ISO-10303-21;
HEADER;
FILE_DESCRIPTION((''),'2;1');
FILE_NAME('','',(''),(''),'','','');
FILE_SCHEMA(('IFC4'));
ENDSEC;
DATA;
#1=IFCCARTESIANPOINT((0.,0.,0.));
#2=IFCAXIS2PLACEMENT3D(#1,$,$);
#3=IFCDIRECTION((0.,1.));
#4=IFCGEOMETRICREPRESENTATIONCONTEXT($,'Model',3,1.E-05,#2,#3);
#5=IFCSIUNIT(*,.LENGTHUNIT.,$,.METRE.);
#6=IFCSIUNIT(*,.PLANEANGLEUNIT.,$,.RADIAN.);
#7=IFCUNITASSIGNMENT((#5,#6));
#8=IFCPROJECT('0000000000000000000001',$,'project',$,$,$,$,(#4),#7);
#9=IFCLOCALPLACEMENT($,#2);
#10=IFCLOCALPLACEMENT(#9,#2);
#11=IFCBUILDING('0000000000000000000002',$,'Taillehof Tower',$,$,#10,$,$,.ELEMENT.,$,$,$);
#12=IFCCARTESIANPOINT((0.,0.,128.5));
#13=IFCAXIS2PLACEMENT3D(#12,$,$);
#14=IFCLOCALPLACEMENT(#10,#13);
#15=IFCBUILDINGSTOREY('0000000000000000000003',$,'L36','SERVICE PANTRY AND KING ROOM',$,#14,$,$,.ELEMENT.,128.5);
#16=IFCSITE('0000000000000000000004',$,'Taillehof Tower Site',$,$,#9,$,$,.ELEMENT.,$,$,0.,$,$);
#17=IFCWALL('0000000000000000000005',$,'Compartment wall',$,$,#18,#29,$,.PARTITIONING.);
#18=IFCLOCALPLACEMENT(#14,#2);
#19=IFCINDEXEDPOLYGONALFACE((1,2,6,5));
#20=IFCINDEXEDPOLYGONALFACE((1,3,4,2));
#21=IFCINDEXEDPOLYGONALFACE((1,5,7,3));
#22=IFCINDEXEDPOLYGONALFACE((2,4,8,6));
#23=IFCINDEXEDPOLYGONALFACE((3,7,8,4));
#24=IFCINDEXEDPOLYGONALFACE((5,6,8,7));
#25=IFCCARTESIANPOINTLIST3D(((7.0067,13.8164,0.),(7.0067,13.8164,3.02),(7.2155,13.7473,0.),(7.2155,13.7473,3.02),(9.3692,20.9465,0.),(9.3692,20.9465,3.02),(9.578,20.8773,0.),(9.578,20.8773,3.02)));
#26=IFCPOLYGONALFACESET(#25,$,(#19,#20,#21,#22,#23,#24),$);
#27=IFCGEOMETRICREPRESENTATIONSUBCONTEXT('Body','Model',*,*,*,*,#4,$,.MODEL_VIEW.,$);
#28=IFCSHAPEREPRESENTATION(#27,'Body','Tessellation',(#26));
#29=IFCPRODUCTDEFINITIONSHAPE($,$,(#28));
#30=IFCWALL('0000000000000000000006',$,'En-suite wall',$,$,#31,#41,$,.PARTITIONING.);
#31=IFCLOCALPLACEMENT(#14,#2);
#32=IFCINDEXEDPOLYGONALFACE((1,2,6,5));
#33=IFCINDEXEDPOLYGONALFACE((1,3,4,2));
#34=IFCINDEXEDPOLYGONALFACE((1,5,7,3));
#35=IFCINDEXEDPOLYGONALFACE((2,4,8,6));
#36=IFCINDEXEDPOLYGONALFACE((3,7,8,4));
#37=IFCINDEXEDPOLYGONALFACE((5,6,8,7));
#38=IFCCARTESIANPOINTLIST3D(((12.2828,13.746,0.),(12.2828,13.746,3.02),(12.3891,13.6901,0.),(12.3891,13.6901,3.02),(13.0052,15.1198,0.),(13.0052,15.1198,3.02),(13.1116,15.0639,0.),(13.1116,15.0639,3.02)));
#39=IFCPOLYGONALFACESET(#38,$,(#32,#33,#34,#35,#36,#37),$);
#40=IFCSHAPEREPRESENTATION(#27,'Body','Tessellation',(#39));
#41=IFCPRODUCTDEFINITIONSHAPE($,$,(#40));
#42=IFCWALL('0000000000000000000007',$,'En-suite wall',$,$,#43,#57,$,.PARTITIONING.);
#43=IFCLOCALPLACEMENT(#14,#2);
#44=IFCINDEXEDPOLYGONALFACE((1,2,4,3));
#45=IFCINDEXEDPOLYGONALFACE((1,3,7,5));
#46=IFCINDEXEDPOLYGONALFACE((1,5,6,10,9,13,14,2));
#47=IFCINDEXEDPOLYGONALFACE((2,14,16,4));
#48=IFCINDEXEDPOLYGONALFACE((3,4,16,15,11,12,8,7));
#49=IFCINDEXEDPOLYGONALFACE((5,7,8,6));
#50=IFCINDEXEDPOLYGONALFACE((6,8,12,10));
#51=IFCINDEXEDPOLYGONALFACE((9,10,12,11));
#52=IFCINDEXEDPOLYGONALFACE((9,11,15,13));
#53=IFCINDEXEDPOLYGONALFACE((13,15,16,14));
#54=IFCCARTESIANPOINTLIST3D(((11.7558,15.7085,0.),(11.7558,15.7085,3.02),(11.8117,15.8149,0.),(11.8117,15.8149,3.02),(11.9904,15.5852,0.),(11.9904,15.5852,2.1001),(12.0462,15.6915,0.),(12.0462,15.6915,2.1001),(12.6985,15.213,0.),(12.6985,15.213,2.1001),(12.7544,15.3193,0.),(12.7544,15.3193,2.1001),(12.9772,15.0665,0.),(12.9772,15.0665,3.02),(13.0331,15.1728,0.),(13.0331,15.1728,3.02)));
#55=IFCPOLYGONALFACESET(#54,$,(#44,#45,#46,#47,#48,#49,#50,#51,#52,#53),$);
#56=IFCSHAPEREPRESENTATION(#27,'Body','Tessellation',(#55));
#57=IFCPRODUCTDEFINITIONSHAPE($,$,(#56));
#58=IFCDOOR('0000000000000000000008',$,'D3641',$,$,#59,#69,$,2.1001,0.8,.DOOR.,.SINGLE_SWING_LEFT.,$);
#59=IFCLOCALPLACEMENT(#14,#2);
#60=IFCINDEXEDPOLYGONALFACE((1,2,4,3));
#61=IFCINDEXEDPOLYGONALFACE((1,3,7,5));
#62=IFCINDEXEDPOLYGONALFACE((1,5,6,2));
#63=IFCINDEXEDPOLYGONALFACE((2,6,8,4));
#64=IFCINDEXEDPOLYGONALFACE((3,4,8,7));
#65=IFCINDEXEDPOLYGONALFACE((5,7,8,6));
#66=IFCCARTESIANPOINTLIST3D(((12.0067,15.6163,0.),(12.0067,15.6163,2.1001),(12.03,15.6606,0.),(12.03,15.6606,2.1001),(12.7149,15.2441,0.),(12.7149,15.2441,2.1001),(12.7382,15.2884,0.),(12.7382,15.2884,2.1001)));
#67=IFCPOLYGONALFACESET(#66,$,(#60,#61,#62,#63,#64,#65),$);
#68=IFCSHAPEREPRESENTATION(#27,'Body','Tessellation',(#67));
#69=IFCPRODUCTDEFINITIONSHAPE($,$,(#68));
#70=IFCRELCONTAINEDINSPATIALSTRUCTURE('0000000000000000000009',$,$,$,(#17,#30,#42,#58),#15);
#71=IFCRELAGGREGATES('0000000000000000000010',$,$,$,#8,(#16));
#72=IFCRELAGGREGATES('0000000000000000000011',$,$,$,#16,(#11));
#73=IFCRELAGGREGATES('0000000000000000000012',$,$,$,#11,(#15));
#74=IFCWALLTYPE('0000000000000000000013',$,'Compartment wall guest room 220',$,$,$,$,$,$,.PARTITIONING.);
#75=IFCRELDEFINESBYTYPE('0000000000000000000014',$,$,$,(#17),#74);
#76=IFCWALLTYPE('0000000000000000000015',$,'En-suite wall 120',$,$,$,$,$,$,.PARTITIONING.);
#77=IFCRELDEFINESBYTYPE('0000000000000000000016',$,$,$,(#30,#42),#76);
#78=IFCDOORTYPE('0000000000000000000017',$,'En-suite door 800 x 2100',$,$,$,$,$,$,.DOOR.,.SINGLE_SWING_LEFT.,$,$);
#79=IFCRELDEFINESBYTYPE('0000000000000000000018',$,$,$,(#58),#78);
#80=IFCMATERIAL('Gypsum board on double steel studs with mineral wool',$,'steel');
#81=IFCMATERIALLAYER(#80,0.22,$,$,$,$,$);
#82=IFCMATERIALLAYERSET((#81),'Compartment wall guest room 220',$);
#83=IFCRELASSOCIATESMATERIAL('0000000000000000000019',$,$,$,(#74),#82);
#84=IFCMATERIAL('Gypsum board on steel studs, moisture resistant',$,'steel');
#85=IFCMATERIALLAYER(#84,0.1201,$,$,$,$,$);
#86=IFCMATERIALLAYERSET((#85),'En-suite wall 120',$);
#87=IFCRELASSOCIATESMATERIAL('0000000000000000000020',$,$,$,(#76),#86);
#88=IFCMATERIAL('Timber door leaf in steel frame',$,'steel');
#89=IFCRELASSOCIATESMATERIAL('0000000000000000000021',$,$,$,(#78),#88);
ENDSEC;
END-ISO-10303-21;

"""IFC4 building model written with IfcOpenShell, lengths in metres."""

from ifc_helpers import new_model, si_unit, direction, frame, frame_2d, origin, place, context, subcontext, project, spatial, rectangle, extrude, material, layer, layer_set, type_object, element, fill, save


model = new_model("IFC4")

# Units and contexts
model_context = context("Model", 3, precision=1e-05, world=origin(), true_north=direction((0.0, 1.0)))
body_context = subcontext(model_context, "Body", "Model", "MODEL_VIEW")
ifc_project = project(units=[si_unit("LENGTHUNIT", "METRE"), si_unit("PLANEANGLEUNIT", "RADIAN")], contexts=[model_context])

# Site, building, storey
site_placement = place(None, origin())
site = spatial("IfcSite", under=ifc_project, at=site_placement, Name="Taillehof Tower Site", CompositionType="ELEMENT", RefElevation=0.0)
building_placement = place(site_placement, origin())
building = spatial("IfcBuilding", under=site, at=building_placement, Name="Taillehof Tower", CompositionType="ELEMENT")
storey_placement = place(building_placement, frame((0.0, 0.0, 128.5)))
storey = spatial("IfcBuildingStorey", under=building, at=storey_placement, Name="L36", Description="SERVICE PANTRY AND KING ROOM", CompositionType="ELEMENT", Elevation=128.5)

# Walls
ifc_material_1 = material(Name="Gypsum board on double steel studs with mineral wool", Category="steel")
ifc_layer_1 = layer(ifc_material_1, 0.22)
ifc_layer_set_1 = layer_set([ifc_layer_1], Name="Compartment wall guest room 220")
wall_type_1 = type_object("IfcWallType", Name="Compartment wall guest room 220", PredefinedType="PARTITIONING", material=ifc_layer_set_1)
wall_1_placement = place(storey_placement, frame((9.4736, 20.9119, 0.0), z_axis=(0.0, 0.0, 1.0), x_axis=(-0.314531, -0.949247, 0.0)))
element("IfcWall", 1, at=wall_1_placement, inside=storey, type_object=wall_type_1, Name="Compartment wall", PredefinedType="PARTITIONING", context=body_context, shape_type="SweptSolid", body=[
    extrude(rectangle(XDim=7.5112, YDim=0.22, at=frame_2d((3.7556, 0.0))), origin(), (0.0, 0.0, 1.0), 3.02),
])
ifc_material_2 = material(Name="Gypsum board on steel studs, moisture resistant", Category="steel")
ifc_layer_2 = layer(ifc_material_2, 0.1201)
ifc_layer_set_2 = layer_set([ifc_layer_2], Name="En-suite wall 120")
wall_type_2 = type_object("IfcWallType", Name="En-suite wall 120", PredefinedType="PARTITIONING", material=ifc_layer_set_2)
wall_2_placement = place(storey_placement, frame((12.3359, 13.718, 0.0), z_axis=(0.0, 0.0, 1.0), x_axis=(0.465429, 0.885085, 0.0)))
element("IfcWall", 2, at=wall_2_placement, inside=storey, type_object=wall_type_2, Name="En-suite wall", PredefinedType="PARTITIONING", context=body_context, shape_type="SweptSolid", body=[
    extrude(rectangle(XDim=1.5522, YDim=0.1201, at=frame_2d((0.7761, 0.0))), origin(), (0.0, 0.0, 1.0), 3.02),
])

# Wall, opening, door
wall_3_placement = place(storey_placement, frame((13.0051, 15.1196, 0.0), z_axis=(0.0, 0.0, 1.0), x_axis=(-0.885148, 0.465309, 0.0)))
wall_3 = element("IfcWall", 3, at=wall_3_placement, inside=storey, type_object=wall_type_2, Name="En-suite wall", PredefinedType="PARTITIONING", context=body_context, shape_type="SweptSolid", body=[
    extrude(rectangle(XDim=1.3799, YDim=0.1201, at=frame_2d((0.6899, 0.0))), origin(), (0.0, 0.0, 1.0), 3.02),
])
opening_1_placement = place(wall_3_placement, frame((0.3149, 0.0, 0.0)))
opening_1 = element("IfcOpeningElement", 4, at=opening_1_placement, cuts=wall_3, PredefinedType="OPENING", context=body_context, shape_type="SweptSolid", body=[
    extrude(rectangle(XDim=0.8, YDim=2.1001, at=frame_2d((0.3999, 1.05))), frame((0.0, 0.0701, 0.0), z_axis=(0.0, -1.0, 0.0), x_axis=(1.0, 0.0, 0.0)), (0.0, 0.0, 1.0), 0.1401),
])
ifc_material_3 = material(Name="Timber door leaf in steel frame", Category="steel")
door_type_1 = type_object("IfcDoorType", Name="En-suite door 800 x 2100", OperationType="SINGLE_SWING_LEFT", PredefinedType="DOOR", material=ifc_material_3)
door_1_placement = place(opening_1_placement, origin())
door_1 = element("IfcDoor", 5, at=door_1_placement, inside=storey, type_object=door_type_1, Name="D3641", OperationType="SINGLE_SWING_LEFT", OverallHeight=2.1001, OverallWidth=0.8, PredefinedType="DOOR", context=body_context, shape_type="SweptSolid", body=[
    extrude(rectangle(XDim=0.8, YDim=2.1001, at=frame_2d((0.3999, 1.05))), frame((0.0, 0.0249, 0.0), z_axis=(0.0, -1.0, 0.0), x_axis=(1.0, 0.0, 0.0)), (0.0, 0.0, 1.0), 0.05),
])
fill(opening_1, door_1)

save(model, "model.ifc")
